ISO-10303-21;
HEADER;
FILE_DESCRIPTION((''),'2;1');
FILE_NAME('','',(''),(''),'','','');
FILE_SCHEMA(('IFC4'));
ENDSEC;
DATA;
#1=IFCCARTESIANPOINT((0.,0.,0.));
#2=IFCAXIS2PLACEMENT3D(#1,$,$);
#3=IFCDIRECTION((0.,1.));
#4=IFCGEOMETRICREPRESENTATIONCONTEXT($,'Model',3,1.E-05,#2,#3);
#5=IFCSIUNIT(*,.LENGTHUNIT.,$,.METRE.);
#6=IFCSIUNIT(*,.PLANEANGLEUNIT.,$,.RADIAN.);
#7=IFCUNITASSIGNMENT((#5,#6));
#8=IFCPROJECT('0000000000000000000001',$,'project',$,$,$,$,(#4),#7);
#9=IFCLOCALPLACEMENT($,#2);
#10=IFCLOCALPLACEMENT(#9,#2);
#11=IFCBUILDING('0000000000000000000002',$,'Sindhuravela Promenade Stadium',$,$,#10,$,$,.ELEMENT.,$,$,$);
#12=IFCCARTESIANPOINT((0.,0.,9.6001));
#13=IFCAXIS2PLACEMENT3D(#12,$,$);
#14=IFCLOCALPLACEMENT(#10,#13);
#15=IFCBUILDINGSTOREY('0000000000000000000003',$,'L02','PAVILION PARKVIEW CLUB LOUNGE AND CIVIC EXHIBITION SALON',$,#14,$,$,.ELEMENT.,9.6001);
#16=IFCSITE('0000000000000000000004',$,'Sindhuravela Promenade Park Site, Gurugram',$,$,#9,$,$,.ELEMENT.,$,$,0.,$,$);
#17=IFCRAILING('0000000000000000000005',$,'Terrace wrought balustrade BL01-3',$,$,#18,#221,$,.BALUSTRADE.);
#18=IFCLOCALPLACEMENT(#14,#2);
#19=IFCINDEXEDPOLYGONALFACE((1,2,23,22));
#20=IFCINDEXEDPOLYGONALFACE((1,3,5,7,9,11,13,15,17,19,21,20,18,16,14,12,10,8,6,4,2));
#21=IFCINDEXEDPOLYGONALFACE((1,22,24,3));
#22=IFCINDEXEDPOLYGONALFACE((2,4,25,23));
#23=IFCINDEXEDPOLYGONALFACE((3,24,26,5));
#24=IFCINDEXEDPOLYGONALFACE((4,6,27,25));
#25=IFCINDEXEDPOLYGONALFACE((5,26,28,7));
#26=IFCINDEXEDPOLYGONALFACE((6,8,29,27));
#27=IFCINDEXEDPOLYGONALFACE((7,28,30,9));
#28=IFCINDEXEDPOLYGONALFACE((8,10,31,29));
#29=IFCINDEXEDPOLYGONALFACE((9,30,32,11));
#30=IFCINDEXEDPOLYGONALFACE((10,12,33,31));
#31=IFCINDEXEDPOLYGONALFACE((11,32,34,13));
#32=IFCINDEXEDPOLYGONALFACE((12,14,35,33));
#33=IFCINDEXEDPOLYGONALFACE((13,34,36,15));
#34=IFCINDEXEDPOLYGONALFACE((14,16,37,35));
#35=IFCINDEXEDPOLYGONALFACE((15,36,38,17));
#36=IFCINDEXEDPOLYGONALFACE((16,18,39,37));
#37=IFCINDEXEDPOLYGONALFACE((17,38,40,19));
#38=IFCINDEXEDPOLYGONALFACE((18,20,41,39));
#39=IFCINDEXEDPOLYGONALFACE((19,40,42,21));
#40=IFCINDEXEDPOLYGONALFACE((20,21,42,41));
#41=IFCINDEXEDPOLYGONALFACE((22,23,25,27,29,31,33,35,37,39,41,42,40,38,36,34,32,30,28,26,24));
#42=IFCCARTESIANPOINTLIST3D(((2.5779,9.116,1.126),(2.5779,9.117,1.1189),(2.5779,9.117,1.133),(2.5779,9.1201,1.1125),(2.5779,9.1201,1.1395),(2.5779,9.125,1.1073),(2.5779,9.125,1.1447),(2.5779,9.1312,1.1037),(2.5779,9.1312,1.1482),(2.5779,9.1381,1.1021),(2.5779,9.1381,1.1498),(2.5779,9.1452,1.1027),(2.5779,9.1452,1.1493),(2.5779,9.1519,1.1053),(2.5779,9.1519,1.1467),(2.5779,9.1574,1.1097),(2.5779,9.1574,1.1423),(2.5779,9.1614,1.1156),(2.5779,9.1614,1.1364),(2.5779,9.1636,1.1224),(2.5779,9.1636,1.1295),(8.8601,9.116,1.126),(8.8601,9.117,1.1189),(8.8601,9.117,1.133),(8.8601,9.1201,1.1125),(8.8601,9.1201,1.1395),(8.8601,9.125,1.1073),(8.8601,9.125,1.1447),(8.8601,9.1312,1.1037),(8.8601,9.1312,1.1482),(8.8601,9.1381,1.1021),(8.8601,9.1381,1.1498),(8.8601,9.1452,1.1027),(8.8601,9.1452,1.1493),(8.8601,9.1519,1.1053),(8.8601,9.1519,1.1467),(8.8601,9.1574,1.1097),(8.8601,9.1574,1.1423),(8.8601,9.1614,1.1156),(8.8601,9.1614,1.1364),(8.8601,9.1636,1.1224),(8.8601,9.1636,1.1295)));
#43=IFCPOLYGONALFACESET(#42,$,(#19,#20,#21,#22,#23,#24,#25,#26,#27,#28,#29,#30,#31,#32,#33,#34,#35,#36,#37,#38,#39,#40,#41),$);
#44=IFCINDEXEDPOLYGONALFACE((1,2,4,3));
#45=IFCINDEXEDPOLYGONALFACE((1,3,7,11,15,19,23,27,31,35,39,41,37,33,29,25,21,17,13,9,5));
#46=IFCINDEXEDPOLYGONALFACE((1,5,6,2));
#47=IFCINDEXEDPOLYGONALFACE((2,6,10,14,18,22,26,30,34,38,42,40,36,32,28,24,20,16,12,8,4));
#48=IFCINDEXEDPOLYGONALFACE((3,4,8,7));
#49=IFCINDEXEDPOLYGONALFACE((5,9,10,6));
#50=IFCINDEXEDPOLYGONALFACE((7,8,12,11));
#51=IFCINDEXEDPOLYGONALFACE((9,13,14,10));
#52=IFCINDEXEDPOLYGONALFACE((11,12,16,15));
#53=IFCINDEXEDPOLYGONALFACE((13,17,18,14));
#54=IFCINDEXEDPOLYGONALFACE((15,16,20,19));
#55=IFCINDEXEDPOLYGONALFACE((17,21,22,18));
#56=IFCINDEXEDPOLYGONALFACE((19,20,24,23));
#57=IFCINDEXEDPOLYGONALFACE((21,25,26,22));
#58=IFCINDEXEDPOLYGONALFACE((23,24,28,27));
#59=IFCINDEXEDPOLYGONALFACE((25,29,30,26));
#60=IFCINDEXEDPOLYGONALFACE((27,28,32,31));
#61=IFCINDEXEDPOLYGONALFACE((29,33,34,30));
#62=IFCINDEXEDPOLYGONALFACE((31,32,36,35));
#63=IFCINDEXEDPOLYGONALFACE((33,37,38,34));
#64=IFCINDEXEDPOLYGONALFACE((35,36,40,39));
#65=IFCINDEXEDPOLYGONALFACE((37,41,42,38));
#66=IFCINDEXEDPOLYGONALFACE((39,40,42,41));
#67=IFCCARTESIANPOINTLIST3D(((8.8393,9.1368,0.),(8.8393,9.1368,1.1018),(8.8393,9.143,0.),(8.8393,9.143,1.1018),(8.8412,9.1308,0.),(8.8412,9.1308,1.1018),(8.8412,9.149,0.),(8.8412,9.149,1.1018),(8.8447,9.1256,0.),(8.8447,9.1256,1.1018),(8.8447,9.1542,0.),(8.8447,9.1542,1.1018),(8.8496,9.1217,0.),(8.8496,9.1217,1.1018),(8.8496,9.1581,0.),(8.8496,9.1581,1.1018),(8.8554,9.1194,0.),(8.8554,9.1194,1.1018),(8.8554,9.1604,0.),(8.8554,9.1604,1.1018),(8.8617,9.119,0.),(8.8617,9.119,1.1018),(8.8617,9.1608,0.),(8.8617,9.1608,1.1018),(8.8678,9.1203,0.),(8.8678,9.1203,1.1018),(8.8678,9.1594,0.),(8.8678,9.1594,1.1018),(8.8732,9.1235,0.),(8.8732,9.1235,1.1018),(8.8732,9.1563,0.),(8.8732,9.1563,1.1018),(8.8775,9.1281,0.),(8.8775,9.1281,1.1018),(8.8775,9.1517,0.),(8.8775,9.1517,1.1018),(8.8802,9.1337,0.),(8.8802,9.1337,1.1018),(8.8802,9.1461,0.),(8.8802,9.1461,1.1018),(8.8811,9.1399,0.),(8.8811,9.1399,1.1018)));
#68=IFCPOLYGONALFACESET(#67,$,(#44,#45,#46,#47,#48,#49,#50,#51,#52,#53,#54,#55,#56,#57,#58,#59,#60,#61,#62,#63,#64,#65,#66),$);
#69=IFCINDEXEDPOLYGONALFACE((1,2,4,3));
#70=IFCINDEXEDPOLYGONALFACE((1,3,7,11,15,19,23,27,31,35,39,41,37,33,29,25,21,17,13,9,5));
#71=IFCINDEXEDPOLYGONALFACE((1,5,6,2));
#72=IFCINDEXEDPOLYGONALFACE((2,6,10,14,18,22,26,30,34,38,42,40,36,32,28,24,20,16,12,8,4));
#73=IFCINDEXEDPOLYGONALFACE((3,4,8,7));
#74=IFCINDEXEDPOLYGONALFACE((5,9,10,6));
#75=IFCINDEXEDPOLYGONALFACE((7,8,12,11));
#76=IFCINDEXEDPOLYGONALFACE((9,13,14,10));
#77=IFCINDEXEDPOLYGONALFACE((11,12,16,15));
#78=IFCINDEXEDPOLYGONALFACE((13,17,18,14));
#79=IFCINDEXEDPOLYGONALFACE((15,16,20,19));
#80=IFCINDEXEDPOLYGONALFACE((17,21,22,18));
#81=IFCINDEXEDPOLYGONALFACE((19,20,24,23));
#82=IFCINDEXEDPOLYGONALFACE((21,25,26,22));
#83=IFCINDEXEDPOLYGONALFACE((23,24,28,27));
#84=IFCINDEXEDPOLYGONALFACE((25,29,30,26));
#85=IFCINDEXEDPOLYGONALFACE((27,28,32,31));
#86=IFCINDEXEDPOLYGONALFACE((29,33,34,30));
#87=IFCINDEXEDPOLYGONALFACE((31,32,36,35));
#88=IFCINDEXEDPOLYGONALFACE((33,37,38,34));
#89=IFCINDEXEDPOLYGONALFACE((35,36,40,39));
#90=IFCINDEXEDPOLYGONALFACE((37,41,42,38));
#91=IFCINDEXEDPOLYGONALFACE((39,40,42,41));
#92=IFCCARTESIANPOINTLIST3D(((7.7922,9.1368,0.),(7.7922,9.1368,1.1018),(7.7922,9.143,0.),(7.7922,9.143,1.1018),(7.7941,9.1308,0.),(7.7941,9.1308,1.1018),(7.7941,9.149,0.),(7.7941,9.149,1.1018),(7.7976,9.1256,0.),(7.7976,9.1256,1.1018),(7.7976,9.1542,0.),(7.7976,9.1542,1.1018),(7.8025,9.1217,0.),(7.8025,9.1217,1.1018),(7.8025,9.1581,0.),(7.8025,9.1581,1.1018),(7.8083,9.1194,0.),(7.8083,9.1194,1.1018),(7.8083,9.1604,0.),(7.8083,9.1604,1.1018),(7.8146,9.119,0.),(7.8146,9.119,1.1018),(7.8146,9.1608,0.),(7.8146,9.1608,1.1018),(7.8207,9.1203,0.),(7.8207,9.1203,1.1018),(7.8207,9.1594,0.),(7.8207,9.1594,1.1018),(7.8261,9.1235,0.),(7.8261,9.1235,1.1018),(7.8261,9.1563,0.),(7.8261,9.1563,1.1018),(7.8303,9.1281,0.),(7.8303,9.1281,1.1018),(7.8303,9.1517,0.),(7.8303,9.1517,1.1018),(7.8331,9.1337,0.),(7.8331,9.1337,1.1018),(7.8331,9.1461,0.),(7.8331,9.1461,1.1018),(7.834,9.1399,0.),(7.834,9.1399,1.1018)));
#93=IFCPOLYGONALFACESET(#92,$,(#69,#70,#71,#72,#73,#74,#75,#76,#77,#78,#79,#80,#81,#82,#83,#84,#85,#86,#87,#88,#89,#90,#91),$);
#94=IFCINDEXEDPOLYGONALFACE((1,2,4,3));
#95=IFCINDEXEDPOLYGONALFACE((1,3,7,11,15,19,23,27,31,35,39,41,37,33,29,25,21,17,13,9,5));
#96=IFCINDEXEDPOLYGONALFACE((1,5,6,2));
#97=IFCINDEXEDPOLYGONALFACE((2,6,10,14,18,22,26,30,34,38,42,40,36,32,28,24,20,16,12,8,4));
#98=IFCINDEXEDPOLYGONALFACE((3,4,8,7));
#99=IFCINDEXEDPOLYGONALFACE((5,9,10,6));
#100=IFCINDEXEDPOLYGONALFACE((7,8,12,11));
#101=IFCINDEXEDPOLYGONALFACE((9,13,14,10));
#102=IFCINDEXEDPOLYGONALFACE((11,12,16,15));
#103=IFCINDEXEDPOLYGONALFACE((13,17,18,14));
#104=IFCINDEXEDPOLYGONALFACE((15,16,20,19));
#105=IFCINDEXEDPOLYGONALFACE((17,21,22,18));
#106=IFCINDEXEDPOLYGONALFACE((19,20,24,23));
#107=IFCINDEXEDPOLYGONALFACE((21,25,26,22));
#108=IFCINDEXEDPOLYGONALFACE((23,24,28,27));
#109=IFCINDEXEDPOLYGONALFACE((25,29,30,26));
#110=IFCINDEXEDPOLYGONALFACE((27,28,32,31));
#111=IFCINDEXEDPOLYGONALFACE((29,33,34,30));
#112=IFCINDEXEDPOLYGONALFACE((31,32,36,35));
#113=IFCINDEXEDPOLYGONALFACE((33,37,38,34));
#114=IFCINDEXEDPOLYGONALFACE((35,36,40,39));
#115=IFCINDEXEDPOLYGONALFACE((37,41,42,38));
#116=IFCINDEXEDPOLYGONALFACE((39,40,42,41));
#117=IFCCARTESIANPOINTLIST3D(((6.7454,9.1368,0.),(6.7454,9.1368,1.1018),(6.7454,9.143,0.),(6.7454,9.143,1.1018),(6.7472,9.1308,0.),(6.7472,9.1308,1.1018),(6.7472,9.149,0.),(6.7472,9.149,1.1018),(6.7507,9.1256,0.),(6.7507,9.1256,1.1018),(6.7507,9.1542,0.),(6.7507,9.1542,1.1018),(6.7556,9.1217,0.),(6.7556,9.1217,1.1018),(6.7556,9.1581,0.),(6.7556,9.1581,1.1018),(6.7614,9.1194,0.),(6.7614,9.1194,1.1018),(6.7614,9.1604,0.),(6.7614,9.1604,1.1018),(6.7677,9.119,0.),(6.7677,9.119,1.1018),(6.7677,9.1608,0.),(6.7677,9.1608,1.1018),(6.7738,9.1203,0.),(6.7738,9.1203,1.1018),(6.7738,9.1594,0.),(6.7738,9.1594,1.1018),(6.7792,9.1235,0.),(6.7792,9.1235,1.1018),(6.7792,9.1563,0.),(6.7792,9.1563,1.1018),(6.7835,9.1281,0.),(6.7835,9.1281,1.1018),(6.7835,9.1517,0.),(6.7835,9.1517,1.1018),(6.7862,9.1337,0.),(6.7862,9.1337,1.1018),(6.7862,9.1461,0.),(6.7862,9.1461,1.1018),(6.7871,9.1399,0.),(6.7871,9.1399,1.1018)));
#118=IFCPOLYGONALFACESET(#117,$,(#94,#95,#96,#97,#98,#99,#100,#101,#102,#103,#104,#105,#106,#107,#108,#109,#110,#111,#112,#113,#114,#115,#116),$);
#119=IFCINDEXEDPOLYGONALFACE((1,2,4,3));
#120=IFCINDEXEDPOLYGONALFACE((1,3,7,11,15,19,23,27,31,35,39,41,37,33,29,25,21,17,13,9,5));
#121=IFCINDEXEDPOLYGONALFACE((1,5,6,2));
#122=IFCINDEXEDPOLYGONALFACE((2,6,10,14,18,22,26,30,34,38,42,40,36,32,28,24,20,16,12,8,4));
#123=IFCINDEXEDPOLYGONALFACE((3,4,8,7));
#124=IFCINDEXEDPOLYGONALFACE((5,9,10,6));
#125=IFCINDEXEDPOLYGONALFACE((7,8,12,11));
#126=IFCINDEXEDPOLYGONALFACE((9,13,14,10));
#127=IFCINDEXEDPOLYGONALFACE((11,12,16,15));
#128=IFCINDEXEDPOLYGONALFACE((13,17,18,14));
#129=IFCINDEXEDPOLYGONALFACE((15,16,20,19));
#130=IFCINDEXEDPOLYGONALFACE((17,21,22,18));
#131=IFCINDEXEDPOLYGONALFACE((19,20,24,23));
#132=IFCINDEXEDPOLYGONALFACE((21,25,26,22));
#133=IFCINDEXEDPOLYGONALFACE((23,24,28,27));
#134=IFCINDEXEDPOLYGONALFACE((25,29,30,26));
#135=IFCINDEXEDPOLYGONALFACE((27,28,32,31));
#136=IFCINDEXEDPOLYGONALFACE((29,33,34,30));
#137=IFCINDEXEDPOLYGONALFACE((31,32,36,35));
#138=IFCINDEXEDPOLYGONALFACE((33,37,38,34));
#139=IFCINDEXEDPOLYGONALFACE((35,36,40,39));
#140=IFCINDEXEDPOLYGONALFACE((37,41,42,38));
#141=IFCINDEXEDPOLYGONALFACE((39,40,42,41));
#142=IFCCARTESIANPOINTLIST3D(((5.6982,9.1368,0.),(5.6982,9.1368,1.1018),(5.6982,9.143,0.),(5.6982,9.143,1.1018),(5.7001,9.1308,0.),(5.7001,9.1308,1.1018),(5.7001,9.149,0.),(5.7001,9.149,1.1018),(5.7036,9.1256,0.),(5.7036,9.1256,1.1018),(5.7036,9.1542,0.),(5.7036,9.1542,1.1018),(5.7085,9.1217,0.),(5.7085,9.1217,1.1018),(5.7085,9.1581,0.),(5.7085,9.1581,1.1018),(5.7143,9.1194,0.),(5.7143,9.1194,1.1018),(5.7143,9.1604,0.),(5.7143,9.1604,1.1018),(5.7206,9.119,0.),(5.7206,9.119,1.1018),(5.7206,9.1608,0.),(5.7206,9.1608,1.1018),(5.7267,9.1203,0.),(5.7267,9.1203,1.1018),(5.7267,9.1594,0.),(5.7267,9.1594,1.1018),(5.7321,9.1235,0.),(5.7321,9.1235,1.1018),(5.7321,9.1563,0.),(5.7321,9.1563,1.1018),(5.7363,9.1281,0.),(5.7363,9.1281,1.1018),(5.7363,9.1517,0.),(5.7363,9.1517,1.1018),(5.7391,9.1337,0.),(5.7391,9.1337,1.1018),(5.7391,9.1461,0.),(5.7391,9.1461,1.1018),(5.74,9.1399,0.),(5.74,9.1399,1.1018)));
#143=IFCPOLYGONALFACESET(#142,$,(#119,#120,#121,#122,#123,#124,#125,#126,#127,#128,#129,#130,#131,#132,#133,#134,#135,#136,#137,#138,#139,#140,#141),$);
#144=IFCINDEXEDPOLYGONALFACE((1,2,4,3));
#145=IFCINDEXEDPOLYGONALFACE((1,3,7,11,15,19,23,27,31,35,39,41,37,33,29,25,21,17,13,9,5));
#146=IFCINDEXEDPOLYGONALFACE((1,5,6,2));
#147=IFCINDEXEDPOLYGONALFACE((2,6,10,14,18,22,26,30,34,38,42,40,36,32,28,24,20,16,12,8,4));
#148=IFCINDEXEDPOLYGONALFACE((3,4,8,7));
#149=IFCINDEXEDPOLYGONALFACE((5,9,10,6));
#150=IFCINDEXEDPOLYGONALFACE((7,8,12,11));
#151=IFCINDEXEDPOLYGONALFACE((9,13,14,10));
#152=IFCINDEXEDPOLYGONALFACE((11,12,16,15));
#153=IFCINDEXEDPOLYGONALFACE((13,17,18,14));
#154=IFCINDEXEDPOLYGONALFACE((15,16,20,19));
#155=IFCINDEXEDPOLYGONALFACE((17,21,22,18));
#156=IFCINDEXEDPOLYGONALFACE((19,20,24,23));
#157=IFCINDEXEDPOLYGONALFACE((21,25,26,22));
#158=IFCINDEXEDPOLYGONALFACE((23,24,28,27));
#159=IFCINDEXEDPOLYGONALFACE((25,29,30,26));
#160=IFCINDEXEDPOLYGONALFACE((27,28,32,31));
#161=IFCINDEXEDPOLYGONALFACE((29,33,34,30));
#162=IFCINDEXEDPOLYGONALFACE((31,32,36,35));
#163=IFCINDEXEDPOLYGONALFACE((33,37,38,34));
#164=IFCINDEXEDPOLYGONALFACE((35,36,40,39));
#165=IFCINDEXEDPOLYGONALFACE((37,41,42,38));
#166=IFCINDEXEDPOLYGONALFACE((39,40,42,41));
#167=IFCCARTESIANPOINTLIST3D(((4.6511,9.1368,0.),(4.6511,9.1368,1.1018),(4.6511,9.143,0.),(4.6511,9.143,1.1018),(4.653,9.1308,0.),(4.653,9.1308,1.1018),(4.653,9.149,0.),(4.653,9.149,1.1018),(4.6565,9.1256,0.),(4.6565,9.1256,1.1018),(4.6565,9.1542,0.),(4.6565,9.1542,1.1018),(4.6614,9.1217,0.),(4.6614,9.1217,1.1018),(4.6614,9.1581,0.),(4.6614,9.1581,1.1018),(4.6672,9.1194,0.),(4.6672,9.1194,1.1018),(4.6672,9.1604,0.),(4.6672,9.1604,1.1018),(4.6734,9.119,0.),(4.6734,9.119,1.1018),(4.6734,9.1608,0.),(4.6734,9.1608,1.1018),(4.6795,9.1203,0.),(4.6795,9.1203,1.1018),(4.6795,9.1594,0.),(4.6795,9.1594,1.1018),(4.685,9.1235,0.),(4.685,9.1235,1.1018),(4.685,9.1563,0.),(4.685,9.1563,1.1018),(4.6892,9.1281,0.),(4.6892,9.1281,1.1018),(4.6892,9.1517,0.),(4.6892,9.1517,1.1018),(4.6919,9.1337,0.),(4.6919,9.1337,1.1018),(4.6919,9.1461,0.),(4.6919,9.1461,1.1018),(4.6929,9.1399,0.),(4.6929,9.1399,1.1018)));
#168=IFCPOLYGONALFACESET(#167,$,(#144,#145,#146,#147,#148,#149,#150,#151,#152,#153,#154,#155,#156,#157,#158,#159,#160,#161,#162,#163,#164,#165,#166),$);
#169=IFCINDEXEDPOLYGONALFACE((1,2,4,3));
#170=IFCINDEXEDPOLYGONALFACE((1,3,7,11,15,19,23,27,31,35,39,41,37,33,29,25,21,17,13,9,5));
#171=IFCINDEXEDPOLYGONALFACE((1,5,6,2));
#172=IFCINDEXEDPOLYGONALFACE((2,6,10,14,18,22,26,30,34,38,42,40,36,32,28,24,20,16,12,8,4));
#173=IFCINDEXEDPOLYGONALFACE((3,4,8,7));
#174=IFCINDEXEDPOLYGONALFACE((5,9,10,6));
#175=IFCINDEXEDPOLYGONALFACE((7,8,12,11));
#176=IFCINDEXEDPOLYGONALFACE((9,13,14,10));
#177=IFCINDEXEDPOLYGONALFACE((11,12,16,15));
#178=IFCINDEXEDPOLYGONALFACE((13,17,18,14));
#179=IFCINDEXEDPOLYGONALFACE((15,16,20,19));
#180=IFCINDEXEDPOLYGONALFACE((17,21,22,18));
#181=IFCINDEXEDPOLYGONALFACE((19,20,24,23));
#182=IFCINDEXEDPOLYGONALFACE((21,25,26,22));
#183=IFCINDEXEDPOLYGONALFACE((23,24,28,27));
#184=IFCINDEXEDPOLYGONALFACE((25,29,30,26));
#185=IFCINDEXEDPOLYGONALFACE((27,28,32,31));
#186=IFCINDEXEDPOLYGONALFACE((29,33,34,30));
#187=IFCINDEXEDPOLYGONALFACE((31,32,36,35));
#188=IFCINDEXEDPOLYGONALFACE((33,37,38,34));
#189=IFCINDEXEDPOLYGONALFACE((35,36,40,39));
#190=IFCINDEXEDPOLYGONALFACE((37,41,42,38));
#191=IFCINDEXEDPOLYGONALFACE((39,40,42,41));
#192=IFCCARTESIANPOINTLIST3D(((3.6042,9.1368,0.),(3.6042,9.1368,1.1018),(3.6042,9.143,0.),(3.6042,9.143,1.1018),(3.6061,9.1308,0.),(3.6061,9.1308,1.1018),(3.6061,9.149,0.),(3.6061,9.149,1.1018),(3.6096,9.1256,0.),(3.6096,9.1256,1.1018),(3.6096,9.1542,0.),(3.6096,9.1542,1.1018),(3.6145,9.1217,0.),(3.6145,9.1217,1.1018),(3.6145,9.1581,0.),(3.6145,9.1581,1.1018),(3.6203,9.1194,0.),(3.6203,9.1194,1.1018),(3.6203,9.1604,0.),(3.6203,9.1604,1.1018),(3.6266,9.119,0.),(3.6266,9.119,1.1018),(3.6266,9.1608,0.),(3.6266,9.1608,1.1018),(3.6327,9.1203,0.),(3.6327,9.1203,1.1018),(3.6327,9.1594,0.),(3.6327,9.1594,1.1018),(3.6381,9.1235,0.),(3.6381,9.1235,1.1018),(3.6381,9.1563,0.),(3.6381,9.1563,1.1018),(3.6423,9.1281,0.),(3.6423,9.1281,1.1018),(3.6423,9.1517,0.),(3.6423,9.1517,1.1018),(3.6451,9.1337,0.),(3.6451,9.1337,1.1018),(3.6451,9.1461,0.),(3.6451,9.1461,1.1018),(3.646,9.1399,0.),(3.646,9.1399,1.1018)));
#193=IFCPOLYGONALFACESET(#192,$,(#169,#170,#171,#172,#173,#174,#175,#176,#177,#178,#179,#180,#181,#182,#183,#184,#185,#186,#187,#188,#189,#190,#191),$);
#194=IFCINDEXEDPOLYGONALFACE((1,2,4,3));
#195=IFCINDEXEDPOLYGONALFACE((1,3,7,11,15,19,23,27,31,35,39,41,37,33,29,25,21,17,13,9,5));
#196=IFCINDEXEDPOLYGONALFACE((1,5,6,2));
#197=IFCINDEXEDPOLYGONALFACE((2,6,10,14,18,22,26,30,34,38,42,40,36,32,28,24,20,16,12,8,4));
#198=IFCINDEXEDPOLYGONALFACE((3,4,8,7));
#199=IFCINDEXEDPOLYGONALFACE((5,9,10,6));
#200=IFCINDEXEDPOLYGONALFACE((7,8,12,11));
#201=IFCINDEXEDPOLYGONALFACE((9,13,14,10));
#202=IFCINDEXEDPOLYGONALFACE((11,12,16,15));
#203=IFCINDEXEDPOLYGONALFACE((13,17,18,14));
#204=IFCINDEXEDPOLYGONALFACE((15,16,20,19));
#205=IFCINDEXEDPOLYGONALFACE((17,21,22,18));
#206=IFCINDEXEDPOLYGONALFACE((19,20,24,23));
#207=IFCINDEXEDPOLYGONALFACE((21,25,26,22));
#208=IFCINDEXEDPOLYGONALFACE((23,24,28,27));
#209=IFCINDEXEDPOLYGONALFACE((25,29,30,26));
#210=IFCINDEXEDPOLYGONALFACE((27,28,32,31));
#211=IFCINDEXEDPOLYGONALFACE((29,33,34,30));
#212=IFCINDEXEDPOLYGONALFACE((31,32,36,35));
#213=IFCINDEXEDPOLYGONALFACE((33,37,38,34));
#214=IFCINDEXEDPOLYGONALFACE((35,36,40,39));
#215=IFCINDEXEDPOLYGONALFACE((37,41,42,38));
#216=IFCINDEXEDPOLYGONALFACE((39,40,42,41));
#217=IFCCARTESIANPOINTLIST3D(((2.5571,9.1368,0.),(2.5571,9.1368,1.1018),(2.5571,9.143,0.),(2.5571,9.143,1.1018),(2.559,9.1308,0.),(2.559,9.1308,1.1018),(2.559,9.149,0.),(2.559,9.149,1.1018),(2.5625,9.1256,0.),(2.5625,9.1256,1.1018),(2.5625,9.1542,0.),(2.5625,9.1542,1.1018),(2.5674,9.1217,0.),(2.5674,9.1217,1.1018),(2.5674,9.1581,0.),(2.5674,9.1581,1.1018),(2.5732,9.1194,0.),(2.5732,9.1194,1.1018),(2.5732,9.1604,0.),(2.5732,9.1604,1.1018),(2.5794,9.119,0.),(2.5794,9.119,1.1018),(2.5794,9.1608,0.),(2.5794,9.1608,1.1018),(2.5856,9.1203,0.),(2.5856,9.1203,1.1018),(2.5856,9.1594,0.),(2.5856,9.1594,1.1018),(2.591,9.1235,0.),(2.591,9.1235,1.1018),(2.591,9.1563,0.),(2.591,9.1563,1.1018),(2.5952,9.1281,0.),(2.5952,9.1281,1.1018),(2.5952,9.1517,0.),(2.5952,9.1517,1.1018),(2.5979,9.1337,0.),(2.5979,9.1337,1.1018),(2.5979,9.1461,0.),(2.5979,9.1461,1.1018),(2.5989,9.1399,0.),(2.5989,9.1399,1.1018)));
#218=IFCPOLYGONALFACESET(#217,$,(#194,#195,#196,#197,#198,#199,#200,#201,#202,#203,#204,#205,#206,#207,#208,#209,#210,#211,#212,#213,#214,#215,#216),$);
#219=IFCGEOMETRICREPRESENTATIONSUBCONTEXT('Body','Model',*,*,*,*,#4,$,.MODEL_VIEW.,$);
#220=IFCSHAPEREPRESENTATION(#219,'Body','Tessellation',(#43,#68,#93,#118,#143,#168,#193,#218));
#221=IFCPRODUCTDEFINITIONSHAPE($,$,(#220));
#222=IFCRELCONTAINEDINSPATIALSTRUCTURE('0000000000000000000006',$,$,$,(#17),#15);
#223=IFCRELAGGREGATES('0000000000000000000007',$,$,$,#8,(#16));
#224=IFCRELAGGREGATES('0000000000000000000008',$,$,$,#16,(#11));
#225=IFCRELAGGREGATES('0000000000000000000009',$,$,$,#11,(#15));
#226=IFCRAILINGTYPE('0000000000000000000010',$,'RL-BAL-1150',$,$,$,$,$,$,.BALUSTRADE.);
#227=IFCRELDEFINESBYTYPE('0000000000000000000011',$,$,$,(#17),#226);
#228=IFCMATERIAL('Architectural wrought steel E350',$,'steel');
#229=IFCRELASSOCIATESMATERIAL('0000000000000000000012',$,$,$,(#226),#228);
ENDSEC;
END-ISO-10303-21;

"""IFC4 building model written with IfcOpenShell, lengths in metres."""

from ifc_helpers import new_model, si_unit, direction, frame, origin, origin_2d, place, context, subcontext, project, spatial, circle, extrude, material, type_object, element, save


model = new_model("IFC4")

# Units and contexts
model_context = context("Model", 3, precision=1e-05, world=origin(), true_north=direction((0.0, 1.0)))
body_context = subcontext(model_context, "Body", "Model", "MODEL_VIEW")
ifc_project = project(units=[si_unit("LENGTHUNIT", "METRE"), si_unit("PLANEANGLEUNIT", "RADIAN")], contexts=[model_context])

# Site, building, storey
site_placement = place(None, origin())
site = spatial("IfcSite", under=ifc_project, at=site_placement, Name="Sindhuravela Promenade Park Site, Gurugram", CompositionType="ELEMENT", RefElevation=0.0)
building_placement = place(site_placement, origin())
building = spatial("IfcBuilding", under=site, at=building_placement, Name="Sindhuravela Promenade Stadium", CompositionType="ELEMENT")
storey_placement = place(building_placement, frame((0.0, 0.0, 9.6001)))
storey = spatial("IfcBuildingStorey", under=building, at=storey_placement, Name="L02", Description="PAVILION PARKVIEW CLUB LOUNGE AND CIVIC EXHIBITION SALON", CompositionType="ELEMENT", Elevation=9.6001)

# Railing
ifc_material_1 = material(Name="Architectural wrought steel E350", Category="steel")
railing_type = type_object("IfcRailingType", Name="RL-BAL-1150", PredefinedType="BALUSTRADE", material=ifc_material_1)
railing_1_placement = place(storey_placement, frame((8.8601, 9.1399, 0.0)))
element("IfcRailing", 1, at=railing_1_placement, inside=storey, type_object=railing_type, Name="Terrace wrought balustrade BL01-3", PredefinedType="BALUSTRADE", context=body_context, shape_type="SweptSolid", body=[
    extrude(circle(Radius=0.0239, at=origin_2d()), frame((0.0, 0.0, 1.126), z_axis=(-1.0, 0.0, 0.0), x_axis=(0.0, -1.0, 0.0)), (0.0, 0.0, 1.0), 6.2822),
    extrude(circle(Radius=0.021, at=origin_2d()), origin(), (0.0, 0.0, 1.0), 1.1018),
    extrude(circle(Radius=0.021, at=origin_2d()), frame((-1.0471, 0.0, 0.0)), (0.0, 0.0, 1.0), 1.1018),
    extrude(circle(Radius=0.021, at=origin_2d()), frame((-2.094, 0.0, 0.0)), (0.0, 0.0, 1.0), 1.1018),
    extrude(circle(Radius=0.021, at=origin_2d()), frame((-3.1411, 0.0, 0.0)), (0.0, 0.0, 1.0), 1.1018),
    extrude(circle(Radius=0.021, at=origin_2d()), frame((-4.1882, 0.0, 0.0)), (0.0, 0.0, 1.0), 1.1018),
    extrude(circle(Radius=0.021, at=origin_2d()), frame((-5.2351, 0.0, 0.0)), (0.0, 0.0, 1.0), 1.1018),
    extrude(circle(Radius=0.021, at=origin_2d()), frame((-6.2822, 0.0, 0.0)), (0.0, 0.0, 1.0), 1.1018),
])

save(model, "model.ifc")
